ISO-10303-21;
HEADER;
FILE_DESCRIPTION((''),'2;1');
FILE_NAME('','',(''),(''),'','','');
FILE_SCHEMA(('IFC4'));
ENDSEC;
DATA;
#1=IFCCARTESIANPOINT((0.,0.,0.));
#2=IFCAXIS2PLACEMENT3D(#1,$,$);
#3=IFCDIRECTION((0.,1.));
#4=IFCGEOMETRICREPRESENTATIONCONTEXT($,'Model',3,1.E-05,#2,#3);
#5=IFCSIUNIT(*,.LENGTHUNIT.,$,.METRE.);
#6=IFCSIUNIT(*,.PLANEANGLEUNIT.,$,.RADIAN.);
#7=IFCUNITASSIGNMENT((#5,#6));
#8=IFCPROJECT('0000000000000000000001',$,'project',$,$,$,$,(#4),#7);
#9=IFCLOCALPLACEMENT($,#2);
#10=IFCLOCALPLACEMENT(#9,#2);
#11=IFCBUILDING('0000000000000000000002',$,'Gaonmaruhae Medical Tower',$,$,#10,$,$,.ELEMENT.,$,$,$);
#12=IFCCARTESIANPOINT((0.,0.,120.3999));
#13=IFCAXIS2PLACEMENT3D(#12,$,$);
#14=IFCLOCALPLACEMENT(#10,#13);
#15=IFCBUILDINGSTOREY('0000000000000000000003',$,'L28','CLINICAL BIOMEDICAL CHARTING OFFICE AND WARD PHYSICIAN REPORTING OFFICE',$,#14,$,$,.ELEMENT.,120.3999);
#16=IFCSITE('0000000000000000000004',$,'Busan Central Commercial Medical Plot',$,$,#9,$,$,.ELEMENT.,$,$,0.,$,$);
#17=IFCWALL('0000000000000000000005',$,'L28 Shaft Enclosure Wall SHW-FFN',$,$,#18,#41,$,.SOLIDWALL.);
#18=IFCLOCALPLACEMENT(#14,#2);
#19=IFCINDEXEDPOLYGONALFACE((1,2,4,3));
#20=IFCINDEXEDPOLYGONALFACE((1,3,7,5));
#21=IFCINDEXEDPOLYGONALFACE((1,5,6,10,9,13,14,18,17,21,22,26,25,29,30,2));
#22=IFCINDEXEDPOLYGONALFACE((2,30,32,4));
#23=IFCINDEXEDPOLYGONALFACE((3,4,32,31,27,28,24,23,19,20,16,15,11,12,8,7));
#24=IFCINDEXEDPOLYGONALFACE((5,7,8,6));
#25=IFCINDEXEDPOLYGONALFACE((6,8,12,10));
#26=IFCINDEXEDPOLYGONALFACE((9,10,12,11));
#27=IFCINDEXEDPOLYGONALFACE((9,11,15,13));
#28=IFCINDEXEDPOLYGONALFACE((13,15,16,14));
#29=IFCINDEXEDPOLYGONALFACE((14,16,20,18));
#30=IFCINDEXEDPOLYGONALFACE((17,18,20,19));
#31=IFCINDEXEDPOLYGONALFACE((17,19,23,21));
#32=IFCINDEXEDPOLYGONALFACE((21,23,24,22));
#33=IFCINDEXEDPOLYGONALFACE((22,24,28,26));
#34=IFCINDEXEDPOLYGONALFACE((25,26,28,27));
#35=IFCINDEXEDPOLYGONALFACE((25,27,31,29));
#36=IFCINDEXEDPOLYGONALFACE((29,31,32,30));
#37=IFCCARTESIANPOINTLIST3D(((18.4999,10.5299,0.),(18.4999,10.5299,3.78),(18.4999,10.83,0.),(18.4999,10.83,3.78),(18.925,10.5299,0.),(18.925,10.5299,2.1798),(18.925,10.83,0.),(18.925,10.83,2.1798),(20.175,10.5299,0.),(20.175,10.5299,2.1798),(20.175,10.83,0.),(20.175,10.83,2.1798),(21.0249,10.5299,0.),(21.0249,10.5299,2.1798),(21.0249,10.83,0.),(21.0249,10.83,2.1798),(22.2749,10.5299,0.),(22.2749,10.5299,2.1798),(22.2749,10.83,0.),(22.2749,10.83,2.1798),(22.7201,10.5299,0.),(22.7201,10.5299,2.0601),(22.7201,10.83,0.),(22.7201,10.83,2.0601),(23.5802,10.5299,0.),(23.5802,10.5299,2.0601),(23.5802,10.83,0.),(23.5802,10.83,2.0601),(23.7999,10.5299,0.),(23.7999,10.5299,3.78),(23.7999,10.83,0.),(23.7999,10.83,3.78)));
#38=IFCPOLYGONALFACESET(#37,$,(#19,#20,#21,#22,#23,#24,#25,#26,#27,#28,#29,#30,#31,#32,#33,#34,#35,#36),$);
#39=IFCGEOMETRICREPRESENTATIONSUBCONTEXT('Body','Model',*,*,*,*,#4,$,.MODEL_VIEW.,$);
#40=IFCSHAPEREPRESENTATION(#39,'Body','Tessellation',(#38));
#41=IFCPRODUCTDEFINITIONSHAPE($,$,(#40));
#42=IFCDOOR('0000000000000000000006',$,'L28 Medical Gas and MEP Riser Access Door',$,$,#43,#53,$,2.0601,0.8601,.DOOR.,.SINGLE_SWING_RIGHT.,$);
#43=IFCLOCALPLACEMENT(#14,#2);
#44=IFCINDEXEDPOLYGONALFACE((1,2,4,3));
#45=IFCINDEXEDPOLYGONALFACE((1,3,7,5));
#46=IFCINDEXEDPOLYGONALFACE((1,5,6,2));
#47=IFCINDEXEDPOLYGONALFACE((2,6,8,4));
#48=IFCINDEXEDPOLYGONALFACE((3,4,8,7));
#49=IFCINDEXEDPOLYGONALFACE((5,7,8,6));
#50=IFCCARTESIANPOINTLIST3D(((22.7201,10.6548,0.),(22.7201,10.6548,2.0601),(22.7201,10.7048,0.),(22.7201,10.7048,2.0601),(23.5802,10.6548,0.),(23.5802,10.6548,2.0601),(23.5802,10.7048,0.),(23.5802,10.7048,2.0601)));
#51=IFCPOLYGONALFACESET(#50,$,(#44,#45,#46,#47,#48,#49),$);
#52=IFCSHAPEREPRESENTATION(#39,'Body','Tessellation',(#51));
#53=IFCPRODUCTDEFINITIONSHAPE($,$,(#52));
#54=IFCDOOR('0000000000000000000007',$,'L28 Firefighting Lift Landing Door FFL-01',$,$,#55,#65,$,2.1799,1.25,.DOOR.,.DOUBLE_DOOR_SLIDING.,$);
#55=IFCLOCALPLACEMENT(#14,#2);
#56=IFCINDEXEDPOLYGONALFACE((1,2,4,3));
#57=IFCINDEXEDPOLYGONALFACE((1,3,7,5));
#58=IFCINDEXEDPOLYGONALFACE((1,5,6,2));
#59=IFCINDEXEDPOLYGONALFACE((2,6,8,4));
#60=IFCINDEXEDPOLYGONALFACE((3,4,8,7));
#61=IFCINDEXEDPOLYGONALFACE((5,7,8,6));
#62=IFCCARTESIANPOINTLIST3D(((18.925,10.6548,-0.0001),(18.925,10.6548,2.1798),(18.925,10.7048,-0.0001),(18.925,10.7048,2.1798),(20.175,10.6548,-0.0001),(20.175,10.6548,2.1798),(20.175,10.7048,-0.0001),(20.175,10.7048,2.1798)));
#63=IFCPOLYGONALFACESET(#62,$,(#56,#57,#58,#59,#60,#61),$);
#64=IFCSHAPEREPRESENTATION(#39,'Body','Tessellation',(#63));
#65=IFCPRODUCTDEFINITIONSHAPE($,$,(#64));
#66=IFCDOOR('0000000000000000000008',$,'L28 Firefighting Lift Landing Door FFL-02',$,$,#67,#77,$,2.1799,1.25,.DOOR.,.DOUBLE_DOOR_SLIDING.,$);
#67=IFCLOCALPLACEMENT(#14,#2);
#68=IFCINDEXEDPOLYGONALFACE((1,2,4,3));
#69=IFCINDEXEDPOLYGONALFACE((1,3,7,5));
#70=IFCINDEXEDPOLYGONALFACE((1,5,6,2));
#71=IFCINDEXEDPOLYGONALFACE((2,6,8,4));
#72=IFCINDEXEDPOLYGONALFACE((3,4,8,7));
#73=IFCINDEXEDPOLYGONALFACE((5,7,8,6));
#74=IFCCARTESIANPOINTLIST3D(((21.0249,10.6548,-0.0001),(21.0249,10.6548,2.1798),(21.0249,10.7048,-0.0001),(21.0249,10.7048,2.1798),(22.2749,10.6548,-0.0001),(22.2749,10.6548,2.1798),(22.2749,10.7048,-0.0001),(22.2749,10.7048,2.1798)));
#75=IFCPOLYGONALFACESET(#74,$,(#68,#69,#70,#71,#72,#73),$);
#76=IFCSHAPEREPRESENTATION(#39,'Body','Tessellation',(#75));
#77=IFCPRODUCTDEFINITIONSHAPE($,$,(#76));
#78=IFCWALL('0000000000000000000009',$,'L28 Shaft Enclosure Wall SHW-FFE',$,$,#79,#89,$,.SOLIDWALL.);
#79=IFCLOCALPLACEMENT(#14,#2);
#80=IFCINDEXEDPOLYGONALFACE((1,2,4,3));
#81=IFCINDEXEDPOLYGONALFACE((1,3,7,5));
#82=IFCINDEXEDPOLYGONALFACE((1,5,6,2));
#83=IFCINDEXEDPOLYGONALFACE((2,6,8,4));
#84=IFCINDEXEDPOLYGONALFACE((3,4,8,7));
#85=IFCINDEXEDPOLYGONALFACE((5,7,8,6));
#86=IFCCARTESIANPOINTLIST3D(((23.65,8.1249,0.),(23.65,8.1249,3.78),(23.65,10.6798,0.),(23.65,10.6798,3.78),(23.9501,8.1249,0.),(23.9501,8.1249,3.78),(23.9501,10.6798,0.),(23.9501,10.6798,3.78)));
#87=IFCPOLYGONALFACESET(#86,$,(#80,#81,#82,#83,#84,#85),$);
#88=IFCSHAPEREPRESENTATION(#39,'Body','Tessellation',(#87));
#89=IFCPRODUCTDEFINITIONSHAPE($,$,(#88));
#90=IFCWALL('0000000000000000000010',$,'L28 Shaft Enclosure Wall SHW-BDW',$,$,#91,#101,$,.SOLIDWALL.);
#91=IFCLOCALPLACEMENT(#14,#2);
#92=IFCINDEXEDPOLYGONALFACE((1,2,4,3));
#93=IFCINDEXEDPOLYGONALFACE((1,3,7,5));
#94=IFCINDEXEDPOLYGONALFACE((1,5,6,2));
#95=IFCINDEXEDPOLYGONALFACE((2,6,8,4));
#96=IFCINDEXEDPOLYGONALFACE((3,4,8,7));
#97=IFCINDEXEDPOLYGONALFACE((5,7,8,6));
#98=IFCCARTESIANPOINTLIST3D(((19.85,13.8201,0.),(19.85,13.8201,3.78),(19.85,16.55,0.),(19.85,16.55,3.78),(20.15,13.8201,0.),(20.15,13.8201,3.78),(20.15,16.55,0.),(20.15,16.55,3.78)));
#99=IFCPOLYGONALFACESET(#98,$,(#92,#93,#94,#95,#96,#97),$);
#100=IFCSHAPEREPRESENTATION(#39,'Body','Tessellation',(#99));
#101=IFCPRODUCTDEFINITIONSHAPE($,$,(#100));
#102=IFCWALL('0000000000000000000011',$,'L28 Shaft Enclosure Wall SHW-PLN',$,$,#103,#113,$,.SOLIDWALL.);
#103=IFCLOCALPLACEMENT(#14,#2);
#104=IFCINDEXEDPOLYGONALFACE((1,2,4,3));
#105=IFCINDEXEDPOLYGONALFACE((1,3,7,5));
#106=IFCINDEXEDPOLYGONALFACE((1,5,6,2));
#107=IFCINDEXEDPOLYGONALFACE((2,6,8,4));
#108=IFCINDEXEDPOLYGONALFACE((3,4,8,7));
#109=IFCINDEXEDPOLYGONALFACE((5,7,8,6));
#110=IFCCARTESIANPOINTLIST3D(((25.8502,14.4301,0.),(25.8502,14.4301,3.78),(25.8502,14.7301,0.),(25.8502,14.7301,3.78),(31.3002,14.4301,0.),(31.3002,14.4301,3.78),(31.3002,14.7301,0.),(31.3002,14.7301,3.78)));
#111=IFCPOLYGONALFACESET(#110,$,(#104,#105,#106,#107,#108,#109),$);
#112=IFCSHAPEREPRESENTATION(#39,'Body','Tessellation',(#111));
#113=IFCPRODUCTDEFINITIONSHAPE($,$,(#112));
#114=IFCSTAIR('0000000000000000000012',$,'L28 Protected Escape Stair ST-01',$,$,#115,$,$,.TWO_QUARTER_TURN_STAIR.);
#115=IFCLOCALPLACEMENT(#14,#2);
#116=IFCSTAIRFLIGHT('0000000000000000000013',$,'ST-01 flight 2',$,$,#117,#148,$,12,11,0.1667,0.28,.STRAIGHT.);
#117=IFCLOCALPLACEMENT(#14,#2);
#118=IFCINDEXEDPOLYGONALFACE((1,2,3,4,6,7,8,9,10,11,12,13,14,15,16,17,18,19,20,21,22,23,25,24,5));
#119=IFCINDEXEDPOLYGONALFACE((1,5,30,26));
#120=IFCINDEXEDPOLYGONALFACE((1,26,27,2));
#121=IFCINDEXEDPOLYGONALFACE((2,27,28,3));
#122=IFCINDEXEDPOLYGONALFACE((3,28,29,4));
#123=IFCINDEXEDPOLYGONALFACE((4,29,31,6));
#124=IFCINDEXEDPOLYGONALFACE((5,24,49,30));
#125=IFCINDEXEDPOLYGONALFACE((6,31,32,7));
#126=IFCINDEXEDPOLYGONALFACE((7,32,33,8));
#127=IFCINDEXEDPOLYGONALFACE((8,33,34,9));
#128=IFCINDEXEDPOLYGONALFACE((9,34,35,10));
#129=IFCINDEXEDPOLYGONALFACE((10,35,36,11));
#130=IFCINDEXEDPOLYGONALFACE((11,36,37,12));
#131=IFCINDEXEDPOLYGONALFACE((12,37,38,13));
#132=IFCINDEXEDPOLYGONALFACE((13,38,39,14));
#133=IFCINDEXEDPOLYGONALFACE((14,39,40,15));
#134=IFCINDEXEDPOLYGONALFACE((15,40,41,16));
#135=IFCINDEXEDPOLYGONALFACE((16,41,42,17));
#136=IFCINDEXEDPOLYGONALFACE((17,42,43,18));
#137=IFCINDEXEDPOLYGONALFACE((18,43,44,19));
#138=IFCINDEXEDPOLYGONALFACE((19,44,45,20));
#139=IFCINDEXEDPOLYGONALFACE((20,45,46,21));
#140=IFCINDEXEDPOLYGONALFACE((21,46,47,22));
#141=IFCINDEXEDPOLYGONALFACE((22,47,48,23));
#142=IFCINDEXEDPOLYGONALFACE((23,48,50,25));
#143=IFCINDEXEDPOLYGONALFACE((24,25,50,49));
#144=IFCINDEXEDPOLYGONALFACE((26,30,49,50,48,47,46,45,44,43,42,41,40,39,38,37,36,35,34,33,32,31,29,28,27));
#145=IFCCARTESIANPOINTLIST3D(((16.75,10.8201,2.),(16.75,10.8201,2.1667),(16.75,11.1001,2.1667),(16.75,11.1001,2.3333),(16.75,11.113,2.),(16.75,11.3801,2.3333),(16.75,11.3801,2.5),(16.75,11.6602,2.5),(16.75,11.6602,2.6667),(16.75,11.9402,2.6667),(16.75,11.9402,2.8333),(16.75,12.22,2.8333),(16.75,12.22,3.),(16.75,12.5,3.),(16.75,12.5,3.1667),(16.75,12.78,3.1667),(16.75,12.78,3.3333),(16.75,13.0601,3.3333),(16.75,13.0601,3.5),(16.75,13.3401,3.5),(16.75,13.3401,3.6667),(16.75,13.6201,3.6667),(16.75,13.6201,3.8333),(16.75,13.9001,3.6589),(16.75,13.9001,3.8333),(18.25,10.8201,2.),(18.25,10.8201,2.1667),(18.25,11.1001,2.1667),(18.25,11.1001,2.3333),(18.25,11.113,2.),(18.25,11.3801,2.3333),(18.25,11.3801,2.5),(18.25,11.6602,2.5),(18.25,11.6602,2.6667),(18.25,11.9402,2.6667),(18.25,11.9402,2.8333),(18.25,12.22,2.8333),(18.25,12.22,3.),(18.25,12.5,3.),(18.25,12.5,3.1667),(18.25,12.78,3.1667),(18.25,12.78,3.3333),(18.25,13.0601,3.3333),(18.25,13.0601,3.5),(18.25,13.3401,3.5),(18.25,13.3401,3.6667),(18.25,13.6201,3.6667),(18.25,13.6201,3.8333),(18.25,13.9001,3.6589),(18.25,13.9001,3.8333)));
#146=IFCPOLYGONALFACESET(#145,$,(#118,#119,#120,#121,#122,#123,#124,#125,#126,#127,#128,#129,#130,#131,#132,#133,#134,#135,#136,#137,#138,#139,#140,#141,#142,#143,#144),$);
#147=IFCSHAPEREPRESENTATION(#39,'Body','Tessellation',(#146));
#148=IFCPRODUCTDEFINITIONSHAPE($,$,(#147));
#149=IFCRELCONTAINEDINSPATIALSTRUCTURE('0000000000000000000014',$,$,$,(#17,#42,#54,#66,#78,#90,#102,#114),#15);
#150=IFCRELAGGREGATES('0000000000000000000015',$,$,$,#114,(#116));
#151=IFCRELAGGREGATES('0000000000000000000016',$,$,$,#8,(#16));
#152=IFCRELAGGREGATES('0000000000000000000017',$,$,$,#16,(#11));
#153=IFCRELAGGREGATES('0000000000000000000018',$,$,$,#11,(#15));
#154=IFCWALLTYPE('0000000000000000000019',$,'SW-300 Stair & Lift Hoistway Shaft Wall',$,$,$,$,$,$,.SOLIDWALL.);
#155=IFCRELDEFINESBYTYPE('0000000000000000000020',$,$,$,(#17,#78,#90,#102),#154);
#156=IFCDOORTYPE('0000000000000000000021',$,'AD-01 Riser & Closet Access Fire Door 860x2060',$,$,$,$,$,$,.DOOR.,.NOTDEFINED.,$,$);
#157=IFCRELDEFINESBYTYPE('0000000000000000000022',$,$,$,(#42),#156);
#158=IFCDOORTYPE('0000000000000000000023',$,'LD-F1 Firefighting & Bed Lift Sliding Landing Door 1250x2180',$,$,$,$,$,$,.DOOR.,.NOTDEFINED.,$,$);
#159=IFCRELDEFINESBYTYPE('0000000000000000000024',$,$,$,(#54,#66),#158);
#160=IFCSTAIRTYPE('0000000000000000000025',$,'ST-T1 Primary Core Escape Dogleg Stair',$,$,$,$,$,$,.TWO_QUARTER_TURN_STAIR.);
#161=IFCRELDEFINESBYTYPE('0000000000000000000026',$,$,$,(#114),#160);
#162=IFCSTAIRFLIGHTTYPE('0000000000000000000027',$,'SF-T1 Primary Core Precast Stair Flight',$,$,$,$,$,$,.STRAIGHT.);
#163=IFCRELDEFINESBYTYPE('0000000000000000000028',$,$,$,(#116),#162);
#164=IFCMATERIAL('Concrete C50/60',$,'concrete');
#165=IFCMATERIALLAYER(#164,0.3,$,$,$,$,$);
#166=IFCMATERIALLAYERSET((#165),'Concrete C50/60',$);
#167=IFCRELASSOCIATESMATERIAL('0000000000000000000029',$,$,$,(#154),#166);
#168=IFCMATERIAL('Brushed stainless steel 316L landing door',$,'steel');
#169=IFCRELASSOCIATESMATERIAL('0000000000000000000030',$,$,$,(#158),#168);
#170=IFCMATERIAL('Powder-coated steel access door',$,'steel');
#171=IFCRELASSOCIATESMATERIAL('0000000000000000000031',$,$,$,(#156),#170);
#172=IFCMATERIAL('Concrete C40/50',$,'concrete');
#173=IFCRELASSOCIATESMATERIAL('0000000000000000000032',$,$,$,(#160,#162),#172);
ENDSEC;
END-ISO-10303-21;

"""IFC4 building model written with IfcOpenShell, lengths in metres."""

from ifc_helpers import new_model, si_unit, direction, frame, frame_2d, origin, place, context, subcontext, project, spatial, polyline, rectangle, outline, extrude, material, layer, layer_set, type_object, element, fill, aggregate, save


model = new_model("IFC4")

# Units and contexts
model_context = context("Model", 3, precision=1e-05, world=origin(), true_north=direction((0.0, 1.0)))
body_context = subcontext(model_context, "Body", "Model", "MODEL_VIEW")
ifc_project = project(units=[si_unit("LENGTHUNIT", "METRE"), si_unit("PLANEANGLEUNIT", "RADIAN")], contexts=[model_context])

# Site, building, storey
site_placement = place(None, origin())
site = spatial("IfcSite", under=ifc_project, at=site_placement, Name="Busan Central Commercial Medical Plot", CompositionType="ELEMENT", RefElevation=0.0)
building_placement = place(site_placement, origin())
building = spatial("IfcBuilding", under=site, at=building_placement, Name="Gaonmaruhae Medical Tower", CompositionType="ELEMENT")
storey_placement = place(building_placement, frame((0.0, 0.0, 120.3999)))
storey = spatial("IfcBuildingStorey", under=building, at=storey_placement, Name="L28", Description="CLINICAL BIOMEDICAL CHARTING OFFICE AND WARD PHYSICIAN REPORTING OFFICE", CompositionType="ELEMENT", Elevation=120.3999)

# Shared definitions
ifc_material_1 = material(Name="Concrete C50/60", Category="concrete")

# Wall, openings, doors
ifc_layer_1 = layer(ifc_material_1, 0.3)
ifc_layer_set_1 = layer_set([ifc_layer_1], Name="Concrete C50/60")
wall_type_1 = type_object("IfcWallType", Name="SW-300 Stair & Lift Hoistway Shaft Wall", PredefinedType="SOLIDWALL", material=ifc_layer_set_1)
ifc_material_2 = material(Name="Brushed stainless steel 316L landing door", Category="steel")
door_type_1 = type_object("IfcDoorType", Name="LD-F1 Firefighting & Bed Lift Sliding Landing Door 1250x2180", OperationType="NOTDEFINED", PredefinedType="DOOR", material=ifc_material_2)
wall_1_placement = place(storey_placement, frame((18.5, 10.6799, 0.0), z_axis=(0.0, 0.0, 1.0), x_axis=(1.0, 0.0, 0.0)))
wall_1 = element("IfcWall", 1, at=wall_1_placement, inside=storey, type_object=wall_type_1, Name="L28 Shaft Enclosure Wall SHW-FFN", PredefinedType="SOLIDWALL", context=body_context, shape_type="SweptSolid", body=[
    extrude(rectangle(XDim=5.3, YDim=0.3, at=frame_2d((2.6499, 0.0))), origin(), (0.0, 0.0, 1.0), 3.78),
])
opening_1_placement = place(wall_1_placement, frame((4.22, 0.0, 0.0)))
opening_1 = element("IfcOpeningElement", 2, at=opening_1_placement, cuts=wall_1, PredefinedType="OPENING", context=body_context, shape_type="SweptSolid", body=[
    extrude(rectangle(XDim=0.8601, YDim=2.0601, at=frame_2d((0.4302, 1.03))), frame((0.0, 0.1602, 0.0), z_axis=(0.0, -1.0, 0.0), x_axis=(1.0, 0.0, 0.0)), (0.0, 0.0, 1.0), 0.3201),
])
opening_2_placement = place(wall_1_placement, frame((0.425, 0.0, 0.0)))
opening_2 = element("IfcOpeningElement", 3, at=opening_2_placement, cuts=wall_1, PredefinedType="OPENING", context=body_context, shape_type="SweptSolid", body=[
    extrude(rectangle(XDim=1.25, YDim=2.1799, at=frame_2d((0.625, 1.0898))), frame((0.0, 0.1602, 0.0), z_axis=(0.0, -1.0, 0.0), x_axis=(1.0, 0.0, 0.0)), (0.0, 0.0, 1.0), 0.3201),
])
opening_3_placement = place(wall_1_placement, frame((2.5249, 0.0, 0.0)))
opening_3 = element("IfcOpeningElement", 4, at=opening_3_placement, cuts=wall_1, PredefinedType="OPENING", context=body_context, shape_type="SweptSolid", body=[
    extrude(rectangle(XDim=1.25, YDim=2.1799, at=frame_2d((0.625, 1.0898))), frame((0.0, 0.1602, 0.0), z_axis=(0.0, -1.0, 0.0), x_axis=(1.0, 0.0, 0.0)), (0.0, 0.0, 1.0), 0.3201),
])
ifc_material_3 = material(Name="Powder-coated steel access door", Category="steel")
door_type_2 = type_object("IfcDoorType", Name="AD-01 Riser & Closet Access Fire Door 860x2060", OperationType="NOTDEFINED", PredefinedType="DOOR", material=ifc_material_3)
door_1_placement = place(opening_1_placement, origin())
door_1 = element("IfcDoor", 5, at=door_1_placement, inside=storey, type_object=door_type_2, Name="L28 Medical Gas and MEP Riser Access Door", OperationType="SINGLE_SWING_RIGHT", OverallHeight=2.0601, OverallWidth=0.8601, PredefinedType="DOOR", context=body_context, shape_type="SweptSolid", body=[
    extrude(rectangle(XDim=0.8601, YDim=2.0601, at=frame_2d((0.4302, 1.03))), frame((0.0, 0.0249, 0.0), z_axis=(0.0, -1.0, 0.0), x_axis=(1.0, 0.0, 0.0)), (0.0, 0.0, 1.0), 0.05),
])
fill(opening_1, door_1)
door_2_placement = place(opening_2_placement, origin())
door_2 = element("IfcDoor", 6, at=door_2_placement, inside=storey, type_object=door_type_1, Name="L28 Firefighting Lift Landing Door FFL-01", OperationType="DOUBLE_DOOR_SLIDING", OverallHeight=2.1799, OverallWidth=1.25, PredefinedType="DOOR", context=body_context, shape_type="SweptSolid", body=[
    extrude(rectangle(XDim=1.25, YDim=2.1799, at=frame_2d((0.625, 1.0898))), frame((0.0, 0.0249, 0.0), z_axis=(0.0, -1.0, 0.0), x_axis=(1.0, 0.0, 0.0)), (0.0, 0.0, 1.0), 0.05),
])
fill(opening_2, door_2)
door_3_placement = place(opening_3_placement, origin())
door_3 = element("IfcDoor", 7, at=door_3_placement, inside=storey, type_object=door_type_1, Name="L28 Firefighting Lift Landing Door FFL-02", OperationType="DOUBLE_DOOR_SLIDING", OverallHeight=2.1799, OverallWidth=1.25, PredefinedType="DOOR", context=body_context, shape_type="SweptSolid", body=[
    extrude(rectangle(XDim=1.25, YDim=2.1799, at=frame_2d((0.625, 1.0898))), frame((0.0, 0.0249, 0.0), z_axis=(0.0, -1.0, 0.0), x_axis=(1.0, 0.0, 0.0)), (0.0, 0.0, 1.0), 0.05),
])
fill(opening_3, door_3)

# Walls
wall_2_placement = place(storey_placement, frame((23.8, 8.125, 0.0), z_axis=(0.0, 0.0, 1.0), x_axis=(0.0, 1.0, 0.0)))
element("IfcWall", 8, at=wall_2_placement, inside=storey, type_object=wall_type_1, Name="L28 Shaft Enclosure Wall SHW-FFE", PredefinedType="SOLIDWALL", context=body_context, shape_type="SweptSolid", body=[
    extrude(rectangle(XDim=2.5549, YDim=0.3, at=frame_2d((1.2773, 0.0))), origin(), (0.0, 0.0, 1.0), 3.78),
])
wall_3_placement = place(storey_placement, frame((20.0, 13.8201, 0.0), z_axis=(0.0, 0.0, 1.0), x_axis=(0.0, 1.0, 0.0)))
element("IfcWall", 9, at=wall_3_placement, inside=storey, type_object=wall_type_1, Name="L28 Shaft Enclosure Wall SHW-BDW", PredefinedType="SOLIDWALL", context=body_context, shape_type="SweptSolid", body=[
    extrude(rectangle(XDim=2.73, YDim=0.3, at=frame_2d((1.365, 0.0))), origin(), (0.0, 0.0, 1.0), 3.78),
])

# Wall
wall_4_placement = place(storey_placement, frame((25.8501, 14.5801, 0.0), z_axis=(0.0, 0.0, 1.0), x_axis=(1.0, 0.0, 0.0)))
element("IfcWall", 10, at=wall_4_placement, inside=storey, type_object=wall_type_1, Name="L28 Shaft Enclosure Wall SHW-PLN", PredefinedType="SOLIDWALL", context=body_context, shape_type="SweptSolid", body=[
    extrude(rectangle(XDim=5.45, YDim=0.3, at=frame_2d((2.7251, 0.0))), origin(), (0.0, 0.0, 1.0), 3.78),
])

# Stair, stair flight
ifc_material_4 = material(Name="Concrete C40/50", Category="concrete")
stair_type = type_object("IfcStairType", Name="ST-T1 Primary Core Escape Dogleg Stair", PredefinedType="TWO_QUARTER_TURN_STAIR", material=ifc_material_4)
stair_placement = place(storey_placement, origin())
stair = element("IfcStair", 11, at=stair_placement, inside=storey, type_object=stair_type, Name="L28 Protected Escape Stair ST-01", PredefinedType="TWO_QUARTER_TURN_STAIR")
stair_flight_type = type_object("IfcStairFlightType", Name="SF-T1 Primary Core Precast Stair Flight", PredefinedType="STRAIGHT", material=ifc_material_4)
stair_flight_placement = place(storey_placement, frame((17.5, 10.8201, 2.0), z_axis=(0.0, 0.0, 1.0), x_axis=(0.0, 1.0, 0.0)))
stair_flight = element("IfcStairFlight", 12, at=stair_flight_placement, type_object=stair_flight_type, Name="ST-01 flight 2", NumberOfRisers=12, NumberOfTreads=11, PredefinedType="STRAIGHT", RiserHeight=0.1667, TreadLength=0.28, context=body_context, shape_type="SweptSolid", body=[
    extrude(outline(polyline([(0.0, 0.0), (0.0, 0.1667), (0.28, 0.1667), (0.28, 0.3333), (0.5601, 0.3333), (0.5601, 0.5), (0.8401, 0.5), (0.8401, 0.6667), (1.1201, 0.6667), (1.1201, 0.8333), (1.3999, 0.8333), (1.3999, 1.0), (1.6799, 1.0), (1.6799, 1.1667), (1.96, 1.1667), (1.96, 1.3333), (2.24, 1.3333), (2.24, 1.5), (2.52, 1.5), (2.52, 1.6667), (2.8, 1.6667), (2.8, 1.8333), (3.0801, 1.8333), (3.0801, 2.0), (3.0801, 1.6589), (0.293, 0.0), (0.0, 0.0)])), frame((0.0, 0.75, 0.0), z_axis=(0.0, -1.0, 0.0), x_axis=(1.0, 0.0, 0.0)), (0.0, 0.0, 1.0), 1.5),
])
aggregate(stair, [stair_flight])

save(model, "model.ifc")
